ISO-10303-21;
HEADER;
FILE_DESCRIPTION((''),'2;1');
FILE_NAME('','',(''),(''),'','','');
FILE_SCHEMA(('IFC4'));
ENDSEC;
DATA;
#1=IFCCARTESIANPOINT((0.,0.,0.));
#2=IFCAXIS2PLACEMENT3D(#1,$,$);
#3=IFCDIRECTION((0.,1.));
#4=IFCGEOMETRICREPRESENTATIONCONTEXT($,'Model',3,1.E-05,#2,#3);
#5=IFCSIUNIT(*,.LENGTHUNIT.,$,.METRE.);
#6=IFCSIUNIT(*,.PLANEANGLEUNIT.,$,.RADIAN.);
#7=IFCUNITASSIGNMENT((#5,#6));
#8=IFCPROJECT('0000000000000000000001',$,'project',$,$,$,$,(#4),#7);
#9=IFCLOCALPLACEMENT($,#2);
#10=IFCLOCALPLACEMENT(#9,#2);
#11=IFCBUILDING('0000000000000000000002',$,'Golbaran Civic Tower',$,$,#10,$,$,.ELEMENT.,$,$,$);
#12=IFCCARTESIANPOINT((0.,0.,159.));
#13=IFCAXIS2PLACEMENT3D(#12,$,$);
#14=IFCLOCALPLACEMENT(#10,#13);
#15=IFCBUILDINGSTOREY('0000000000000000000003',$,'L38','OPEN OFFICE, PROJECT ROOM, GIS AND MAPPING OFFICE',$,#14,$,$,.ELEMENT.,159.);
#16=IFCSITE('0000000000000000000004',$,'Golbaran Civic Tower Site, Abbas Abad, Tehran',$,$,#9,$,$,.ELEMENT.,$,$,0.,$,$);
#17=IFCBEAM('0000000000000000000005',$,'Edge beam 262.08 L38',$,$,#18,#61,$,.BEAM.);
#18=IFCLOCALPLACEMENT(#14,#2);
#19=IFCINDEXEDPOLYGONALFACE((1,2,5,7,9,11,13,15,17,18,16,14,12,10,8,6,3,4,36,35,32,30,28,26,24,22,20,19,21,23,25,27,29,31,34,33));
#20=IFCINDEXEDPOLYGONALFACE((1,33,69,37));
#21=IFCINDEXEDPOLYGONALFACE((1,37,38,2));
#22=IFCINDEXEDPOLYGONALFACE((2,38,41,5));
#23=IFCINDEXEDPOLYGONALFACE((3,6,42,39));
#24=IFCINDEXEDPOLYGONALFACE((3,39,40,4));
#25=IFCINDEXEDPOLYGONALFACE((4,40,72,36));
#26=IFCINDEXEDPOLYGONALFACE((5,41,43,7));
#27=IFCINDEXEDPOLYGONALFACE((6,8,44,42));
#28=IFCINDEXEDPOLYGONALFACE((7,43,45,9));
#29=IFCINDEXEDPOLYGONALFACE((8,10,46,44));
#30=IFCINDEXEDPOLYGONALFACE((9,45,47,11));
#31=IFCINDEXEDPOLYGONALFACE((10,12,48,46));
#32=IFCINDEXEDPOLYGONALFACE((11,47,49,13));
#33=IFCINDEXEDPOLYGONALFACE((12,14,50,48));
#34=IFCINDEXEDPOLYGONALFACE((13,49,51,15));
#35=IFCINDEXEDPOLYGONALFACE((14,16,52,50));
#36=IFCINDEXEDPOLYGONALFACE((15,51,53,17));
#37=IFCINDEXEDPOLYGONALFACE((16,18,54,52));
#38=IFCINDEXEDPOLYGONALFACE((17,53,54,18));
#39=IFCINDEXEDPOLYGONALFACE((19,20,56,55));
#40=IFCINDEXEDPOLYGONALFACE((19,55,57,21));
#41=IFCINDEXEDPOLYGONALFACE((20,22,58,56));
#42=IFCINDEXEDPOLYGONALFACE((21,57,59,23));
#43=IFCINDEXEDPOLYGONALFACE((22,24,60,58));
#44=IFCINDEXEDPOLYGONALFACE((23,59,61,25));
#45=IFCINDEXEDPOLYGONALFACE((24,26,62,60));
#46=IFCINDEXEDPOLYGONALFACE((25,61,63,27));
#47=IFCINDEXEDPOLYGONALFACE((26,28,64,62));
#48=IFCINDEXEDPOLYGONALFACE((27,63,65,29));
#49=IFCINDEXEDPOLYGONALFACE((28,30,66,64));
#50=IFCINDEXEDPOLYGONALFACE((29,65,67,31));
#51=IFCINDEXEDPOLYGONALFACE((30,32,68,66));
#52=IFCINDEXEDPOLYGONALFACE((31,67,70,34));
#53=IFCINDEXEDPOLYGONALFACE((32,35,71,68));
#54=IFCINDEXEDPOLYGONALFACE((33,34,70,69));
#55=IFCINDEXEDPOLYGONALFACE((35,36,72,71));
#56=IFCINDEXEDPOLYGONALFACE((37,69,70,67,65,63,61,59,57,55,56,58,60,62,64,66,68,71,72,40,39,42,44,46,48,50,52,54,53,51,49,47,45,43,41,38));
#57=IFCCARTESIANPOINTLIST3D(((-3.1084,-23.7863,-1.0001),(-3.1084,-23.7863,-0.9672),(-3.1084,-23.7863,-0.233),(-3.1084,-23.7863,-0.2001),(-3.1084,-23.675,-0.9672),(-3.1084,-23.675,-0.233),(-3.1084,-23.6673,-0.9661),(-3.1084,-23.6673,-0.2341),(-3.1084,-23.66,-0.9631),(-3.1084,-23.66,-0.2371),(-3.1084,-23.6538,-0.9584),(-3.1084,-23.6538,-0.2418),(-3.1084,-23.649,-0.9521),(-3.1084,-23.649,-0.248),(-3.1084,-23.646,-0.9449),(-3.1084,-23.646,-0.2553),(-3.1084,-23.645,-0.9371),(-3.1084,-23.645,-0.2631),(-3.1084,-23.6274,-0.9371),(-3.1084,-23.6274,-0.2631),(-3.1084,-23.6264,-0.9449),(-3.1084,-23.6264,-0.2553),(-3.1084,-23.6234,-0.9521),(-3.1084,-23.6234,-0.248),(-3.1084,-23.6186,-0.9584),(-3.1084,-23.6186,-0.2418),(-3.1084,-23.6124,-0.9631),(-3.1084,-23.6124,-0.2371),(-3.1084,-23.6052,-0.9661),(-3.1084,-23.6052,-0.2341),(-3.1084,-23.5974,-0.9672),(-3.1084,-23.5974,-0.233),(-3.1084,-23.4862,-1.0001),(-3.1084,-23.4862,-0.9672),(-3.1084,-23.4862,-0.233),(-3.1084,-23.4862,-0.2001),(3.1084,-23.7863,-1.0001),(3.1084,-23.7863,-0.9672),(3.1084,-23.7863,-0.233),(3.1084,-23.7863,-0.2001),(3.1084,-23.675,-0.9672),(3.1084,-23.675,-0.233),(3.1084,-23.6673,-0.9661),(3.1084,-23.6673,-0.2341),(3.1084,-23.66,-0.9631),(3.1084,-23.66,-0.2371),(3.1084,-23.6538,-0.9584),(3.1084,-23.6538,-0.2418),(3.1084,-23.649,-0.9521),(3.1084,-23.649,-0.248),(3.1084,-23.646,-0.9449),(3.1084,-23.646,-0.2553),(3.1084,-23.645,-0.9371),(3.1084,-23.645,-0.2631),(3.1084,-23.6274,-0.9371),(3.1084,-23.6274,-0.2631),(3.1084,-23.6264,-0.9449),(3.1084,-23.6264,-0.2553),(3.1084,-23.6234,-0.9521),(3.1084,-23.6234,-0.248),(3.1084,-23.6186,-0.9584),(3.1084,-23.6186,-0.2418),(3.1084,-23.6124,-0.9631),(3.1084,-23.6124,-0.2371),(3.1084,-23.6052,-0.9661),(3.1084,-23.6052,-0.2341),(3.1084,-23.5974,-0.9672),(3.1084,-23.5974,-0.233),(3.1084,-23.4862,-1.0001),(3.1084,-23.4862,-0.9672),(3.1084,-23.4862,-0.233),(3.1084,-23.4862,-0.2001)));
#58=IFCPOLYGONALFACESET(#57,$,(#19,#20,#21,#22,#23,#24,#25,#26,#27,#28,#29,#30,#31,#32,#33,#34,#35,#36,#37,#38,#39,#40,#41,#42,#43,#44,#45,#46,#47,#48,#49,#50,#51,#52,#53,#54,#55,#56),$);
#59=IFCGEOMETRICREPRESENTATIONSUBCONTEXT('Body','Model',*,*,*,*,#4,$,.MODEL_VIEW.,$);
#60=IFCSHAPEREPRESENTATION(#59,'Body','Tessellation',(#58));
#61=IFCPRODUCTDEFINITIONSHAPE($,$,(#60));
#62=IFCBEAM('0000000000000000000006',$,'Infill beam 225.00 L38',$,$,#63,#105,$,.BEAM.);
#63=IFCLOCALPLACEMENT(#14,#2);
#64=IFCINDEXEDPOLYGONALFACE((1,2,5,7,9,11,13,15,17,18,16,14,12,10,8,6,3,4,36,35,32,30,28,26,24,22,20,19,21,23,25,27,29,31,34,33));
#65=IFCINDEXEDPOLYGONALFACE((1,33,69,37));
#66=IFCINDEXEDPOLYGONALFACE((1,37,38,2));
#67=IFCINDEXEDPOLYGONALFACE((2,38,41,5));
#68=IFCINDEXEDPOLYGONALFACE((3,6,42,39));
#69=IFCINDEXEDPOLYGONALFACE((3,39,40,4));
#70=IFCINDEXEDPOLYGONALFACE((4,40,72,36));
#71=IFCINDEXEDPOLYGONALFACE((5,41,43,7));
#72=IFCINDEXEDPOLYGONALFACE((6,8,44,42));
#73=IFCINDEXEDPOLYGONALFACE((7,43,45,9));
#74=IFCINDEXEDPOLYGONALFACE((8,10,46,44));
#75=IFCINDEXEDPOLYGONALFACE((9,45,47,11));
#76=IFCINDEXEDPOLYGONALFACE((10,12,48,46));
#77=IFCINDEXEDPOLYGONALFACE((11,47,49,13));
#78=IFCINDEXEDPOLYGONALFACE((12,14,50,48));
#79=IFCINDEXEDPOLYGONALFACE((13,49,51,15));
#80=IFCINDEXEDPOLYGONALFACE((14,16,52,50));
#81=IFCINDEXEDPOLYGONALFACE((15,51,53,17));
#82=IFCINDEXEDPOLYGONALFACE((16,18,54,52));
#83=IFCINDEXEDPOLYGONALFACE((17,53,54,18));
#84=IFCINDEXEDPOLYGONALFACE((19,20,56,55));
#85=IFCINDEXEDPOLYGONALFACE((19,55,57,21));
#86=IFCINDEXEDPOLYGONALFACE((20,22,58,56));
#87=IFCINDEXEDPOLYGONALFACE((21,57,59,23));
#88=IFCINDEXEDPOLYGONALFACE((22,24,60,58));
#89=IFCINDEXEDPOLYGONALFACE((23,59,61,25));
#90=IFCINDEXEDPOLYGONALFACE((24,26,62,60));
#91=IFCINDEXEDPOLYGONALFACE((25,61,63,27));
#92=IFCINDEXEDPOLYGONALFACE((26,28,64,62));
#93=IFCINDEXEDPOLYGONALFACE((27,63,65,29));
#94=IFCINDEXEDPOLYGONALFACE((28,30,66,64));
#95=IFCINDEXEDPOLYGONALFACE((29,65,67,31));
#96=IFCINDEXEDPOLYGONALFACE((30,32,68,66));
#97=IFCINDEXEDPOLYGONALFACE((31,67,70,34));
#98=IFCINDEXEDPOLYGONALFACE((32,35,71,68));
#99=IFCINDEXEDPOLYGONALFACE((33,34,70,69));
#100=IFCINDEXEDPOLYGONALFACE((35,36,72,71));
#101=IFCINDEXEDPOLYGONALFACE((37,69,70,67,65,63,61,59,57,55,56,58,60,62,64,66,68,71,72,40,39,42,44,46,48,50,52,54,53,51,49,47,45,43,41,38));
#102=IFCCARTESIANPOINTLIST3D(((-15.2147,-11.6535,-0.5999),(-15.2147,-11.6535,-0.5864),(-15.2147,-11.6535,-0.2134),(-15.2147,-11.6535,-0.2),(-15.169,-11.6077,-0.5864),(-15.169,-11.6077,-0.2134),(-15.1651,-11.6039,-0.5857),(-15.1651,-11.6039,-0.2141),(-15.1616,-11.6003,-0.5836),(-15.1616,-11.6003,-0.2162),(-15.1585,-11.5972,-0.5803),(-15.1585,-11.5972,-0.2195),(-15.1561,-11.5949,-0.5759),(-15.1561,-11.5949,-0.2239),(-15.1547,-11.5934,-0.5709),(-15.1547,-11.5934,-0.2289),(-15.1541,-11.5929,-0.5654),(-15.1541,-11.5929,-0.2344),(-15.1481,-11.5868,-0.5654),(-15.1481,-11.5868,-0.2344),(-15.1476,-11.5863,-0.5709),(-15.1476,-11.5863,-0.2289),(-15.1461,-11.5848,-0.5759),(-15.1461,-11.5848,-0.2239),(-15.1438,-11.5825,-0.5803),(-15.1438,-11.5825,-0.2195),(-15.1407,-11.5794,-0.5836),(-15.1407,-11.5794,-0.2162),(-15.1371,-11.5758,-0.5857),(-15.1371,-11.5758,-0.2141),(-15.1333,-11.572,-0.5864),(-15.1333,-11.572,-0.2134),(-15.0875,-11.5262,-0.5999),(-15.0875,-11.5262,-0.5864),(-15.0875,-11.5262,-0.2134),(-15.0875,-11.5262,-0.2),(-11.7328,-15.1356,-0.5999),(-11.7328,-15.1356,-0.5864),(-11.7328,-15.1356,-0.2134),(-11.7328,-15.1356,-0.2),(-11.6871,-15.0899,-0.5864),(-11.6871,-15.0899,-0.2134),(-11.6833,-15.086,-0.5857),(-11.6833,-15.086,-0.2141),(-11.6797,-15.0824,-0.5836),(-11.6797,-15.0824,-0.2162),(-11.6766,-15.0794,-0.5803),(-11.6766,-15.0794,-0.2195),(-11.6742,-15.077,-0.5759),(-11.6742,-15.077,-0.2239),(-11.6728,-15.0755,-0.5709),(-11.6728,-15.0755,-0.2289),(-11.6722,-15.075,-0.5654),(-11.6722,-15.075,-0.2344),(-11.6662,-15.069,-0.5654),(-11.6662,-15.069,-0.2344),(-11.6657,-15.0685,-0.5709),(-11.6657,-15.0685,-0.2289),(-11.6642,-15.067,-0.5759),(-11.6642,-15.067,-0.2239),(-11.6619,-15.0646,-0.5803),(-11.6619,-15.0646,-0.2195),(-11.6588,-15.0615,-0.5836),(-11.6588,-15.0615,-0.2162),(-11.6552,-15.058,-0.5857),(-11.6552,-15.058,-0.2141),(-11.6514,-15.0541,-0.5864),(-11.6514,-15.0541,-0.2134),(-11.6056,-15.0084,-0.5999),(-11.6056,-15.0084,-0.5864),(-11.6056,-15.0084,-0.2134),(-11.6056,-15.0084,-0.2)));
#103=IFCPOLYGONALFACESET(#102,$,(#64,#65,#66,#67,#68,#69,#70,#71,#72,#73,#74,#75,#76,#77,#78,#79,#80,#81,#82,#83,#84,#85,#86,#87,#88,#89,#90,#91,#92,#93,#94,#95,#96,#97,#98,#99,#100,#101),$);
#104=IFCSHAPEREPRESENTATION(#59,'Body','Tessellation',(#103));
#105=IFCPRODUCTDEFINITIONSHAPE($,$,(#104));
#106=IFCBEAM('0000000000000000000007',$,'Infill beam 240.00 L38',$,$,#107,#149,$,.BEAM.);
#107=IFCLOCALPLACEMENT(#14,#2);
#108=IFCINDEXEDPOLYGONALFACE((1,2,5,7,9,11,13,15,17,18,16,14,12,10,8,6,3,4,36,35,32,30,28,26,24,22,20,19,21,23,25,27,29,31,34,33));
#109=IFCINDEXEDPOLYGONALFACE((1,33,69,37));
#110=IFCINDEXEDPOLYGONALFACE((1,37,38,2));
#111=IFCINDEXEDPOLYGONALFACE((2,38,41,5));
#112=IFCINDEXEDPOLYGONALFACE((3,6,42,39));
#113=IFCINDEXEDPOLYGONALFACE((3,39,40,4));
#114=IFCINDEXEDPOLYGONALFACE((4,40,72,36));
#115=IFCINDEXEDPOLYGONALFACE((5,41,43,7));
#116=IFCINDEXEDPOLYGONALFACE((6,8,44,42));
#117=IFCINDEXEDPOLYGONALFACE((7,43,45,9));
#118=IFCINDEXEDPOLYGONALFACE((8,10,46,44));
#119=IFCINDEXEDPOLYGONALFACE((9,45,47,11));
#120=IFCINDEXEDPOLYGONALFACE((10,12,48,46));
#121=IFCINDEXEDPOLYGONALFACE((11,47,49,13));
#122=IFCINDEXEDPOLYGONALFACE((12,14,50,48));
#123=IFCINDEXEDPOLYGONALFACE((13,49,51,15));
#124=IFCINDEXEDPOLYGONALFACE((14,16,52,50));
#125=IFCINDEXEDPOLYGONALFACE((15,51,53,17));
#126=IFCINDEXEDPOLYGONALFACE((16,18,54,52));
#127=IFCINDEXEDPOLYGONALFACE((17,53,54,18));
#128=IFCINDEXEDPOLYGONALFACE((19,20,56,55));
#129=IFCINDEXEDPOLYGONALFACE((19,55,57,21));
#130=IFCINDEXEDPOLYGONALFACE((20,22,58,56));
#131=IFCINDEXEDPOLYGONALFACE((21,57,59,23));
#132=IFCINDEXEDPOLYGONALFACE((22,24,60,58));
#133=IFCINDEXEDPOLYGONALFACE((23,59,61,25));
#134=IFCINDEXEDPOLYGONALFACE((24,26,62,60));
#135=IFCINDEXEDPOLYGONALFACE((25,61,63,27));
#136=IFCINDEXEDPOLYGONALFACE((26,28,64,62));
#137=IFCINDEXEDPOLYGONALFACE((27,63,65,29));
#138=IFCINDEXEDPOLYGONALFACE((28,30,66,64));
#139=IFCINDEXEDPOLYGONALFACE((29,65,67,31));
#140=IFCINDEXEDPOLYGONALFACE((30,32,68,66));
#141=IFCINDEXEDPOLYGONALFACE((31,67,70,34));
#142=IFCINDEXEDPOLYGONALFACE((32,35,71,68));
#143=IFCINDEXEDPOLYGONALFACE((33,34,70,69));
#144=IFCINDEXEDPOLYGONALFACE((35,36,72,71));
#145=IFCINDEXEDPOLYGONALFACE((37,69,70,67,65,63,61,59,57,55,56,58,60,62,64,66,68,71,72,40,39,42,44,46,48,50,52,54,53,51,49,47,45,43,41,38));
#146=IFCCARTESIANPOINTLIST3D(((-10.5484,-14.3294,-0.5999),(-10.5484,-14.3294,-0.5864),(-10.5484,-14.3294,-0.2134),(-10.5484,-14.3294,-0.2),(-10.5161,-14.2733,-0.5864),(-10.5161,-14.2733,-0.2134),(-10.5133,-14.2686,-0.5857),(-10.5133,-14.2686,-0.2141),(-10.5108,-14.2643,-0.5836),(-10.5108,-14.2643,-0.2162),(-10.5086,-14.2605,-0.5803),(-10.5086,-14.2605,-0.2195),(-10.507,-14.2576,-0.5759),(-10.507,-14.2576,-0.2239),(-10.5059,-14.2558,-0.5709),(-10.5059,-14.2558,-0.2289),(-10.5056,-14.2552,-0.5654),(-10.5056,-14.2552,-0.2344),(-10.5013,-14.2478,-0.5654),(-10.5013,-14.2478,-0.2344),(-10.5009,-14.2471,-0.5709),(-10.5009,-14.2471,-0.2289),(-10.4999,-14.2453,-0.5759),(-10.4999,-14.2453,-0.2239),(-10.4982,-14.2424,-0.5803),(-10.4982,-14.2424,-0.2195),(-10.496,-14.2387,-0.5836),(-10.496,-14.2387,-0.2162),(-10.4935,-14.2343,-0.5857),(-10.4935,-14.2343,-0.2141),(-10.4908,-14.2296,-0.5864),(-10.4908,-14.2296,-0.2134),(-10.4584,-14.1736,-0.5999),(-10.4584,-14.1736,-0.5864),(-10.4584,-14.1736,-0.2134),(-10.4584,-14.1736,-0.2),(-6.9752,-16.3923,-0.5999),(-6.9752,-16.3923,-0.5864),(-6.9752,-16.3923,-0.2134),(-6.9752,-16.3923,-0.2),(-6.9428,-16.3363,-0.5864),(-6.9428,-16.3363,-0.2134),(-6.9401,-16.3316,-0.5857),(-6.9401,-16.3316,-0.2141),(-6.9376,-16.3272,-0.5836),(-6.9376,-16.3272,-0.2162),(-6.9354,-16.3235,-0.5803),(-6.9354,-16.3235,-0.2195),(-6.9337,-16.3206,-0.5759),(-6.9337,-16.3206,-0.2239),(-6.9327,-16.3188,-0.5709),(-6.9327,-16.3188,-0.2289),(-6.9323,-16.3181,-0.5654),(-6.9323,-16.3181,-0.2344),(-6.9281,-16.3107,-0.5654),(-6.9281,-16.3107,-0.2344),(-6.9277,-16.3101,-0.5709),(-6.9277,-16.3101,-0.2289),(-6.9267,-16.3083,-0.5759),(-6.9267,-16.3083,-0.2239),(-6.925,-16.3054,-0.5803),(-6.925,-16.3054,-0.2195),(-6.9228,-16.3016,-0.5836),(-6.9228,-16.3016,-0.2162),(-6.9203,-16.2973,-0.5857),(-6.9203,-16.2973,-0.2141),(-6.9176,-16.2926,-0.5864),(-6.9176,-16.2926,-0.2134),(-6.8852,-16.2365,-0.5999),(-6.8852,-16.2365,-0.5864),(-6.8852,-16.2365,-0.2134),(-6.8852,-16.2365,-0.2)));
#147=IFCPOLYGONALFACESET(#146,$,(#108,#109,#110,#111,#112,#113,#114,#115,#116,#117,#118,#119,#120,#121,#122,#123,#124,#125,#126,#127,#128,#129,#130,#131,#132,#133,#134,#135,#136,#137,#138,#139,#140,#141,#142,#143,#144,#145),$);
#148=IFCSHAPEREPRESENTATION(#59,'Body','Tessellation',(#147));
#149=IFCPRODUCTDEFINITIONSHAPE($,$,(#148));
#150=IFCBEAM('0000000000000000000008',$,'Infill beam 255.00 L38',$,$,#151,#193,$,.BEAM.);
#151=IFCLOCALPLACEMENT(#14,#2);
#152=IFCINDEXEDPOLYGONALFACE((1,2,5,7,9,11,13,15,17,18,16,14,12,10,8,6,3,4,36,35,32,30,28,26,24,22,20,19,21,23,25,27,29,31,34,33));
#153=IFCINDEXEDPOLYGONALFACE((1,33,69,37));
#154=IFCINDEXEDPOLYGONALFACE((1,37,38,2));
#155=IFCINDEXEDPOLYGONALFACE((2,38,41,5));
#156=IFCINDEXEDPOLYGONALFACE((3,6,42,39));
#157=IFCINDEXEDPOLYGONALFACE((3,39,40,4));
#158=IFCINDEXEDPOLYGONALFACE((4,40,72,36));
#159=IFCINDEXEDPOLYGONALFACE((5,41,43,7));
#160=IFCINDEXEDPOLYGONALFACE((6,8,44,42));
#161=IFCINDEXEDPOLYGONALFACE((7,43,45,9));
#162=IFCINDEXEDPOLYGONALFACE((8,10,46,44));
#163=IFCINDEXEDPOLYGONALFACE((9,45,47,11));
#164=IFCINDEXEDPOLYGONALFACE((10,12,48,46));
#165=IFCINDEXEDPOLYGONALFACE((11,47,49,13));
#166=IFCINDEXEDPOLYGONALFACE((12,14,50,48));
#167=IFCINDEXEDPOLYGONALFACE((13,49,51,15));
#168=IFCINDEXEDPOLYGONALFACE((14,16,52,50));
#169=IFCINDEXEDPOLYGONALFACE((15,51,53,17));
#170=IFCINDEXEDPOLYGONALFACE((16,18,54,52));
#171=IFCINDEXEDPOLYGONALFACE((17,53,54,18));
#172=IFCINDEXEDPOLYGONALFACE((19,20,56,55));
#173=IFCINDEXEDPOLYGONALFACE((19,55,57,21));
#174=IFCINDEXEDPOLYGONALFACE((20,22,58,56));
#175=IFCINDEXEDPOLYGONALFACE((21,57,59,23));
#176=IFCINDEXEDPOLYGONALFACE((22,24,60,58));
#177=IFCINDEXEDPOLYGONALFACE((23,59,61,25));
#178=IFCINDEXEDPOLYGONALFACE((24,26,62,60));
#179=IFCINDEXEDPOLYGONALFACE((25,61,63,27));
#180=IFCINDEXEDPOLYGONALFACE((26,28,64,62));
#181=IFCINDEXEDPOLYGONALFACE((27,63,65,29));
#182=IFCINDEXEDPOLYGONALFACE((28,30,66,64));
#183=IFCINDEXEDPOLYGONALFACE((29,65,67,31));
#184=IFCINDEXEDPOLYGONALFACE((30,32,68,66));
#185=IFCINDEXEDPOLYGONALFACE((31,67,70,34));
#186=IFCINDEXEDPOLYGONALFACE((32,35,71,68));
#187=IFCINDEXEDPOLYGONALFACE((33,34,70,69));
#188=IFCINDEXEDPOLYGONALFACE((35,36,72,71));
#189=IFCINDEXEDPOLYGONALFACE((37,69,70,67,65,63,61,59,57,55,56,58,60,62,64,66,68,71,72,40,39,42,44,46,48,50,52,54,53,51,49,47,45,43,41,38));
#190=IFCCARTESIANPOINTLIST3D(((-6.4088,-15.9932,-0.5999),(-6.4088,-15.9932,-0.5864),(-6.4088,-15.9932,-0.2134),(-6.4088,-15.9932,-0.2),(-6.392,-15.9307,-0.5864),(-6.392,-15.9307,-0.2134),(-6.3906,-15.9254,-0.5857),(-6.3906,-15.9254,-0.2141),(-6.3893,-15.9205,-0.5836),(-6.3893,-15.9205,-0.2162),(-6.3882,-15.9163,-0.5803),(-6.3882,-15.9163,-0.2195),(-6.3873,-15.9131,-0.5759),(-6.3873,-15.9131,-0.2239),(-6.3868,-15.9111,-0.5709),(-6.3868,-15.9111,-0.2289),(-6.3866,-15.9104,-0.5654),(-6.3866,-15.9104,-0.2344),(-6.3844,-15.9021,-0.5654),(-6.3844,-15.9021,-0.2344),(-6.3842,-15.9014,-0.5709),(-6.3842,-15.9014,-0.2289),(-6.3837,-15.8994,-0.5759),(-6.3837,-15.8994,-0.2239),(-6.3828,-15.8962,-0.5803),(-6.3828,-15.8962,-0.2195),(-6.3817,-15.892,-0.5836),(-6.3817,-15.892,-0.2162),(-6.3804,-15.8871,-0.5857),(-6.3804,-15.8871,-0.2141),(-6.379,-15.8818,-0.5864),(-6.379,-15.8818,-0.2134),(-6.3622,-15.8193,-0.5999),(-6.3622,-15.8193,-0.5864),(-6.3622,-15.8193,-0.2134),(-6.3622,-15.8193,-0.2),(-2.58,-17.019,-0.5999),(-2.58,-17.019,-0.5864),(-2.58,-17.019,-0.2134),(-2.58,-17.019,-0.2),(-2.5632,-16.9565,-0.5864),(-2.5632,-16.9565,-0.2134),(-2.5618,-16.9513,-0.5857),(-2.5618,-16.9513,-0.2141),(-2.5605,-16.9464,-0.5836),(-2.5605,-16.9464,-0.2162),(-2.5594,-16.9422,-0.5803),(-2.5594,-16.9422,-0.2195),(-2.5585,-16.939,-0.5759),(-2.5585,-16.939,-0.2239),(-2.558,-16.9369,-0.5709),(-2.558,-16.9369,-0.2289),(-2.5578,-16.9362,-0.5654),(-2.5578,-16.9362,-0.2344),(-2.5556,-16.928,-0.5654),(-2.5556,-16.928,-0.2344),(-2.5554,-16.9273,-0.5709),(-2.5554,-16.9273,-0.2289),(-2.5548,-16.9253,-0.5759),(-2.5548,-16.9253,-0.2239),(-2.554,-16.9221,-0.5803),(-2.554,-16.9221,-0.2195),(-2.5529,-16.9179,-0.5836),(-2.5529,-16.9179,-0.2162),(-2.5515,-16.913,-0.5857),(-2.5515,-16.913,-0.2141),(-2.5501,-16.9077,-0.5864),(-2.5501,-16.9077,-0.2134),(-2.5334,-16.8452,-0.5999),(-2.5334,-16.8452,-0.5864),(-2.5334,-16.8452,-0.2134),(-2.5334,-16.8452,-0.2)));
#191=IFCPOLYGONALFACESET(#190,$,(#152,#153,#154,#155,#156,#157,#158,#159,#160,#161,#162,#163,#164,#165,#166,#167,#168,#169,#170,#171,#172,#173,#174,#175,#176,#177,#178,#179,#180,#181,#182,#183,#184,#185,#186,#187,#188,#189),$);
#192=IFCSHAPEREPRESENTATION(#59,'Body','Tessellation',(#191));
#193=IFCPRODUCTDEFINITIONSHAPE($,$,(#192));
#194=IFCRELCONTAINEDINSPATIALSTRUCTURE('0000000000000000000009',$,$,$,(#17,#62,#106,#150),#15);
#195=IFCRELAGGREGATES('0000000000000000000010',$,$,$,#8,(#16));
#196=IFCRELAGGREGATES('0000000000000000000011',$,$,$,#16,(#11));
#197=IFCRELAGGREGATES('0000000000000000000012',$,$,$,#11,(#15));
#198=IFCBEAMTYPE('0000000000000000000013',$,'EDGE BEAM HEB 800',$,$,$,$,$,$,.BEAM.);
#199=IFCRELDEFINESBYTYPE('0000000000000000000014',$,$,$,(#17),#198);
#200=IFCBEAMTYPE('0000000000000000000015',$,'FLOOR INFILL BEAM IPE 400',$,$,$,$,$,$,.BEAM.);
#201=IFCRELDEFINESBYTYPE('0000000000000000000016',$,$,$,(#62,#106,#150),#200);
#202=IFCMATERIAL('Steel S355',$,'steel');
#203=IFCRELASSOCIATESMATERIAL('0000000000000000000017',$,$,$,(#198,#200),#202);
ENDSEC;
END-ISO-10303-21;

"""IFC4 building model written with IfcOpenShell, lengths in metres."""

from ifc_helpers import new_model, si_unit, direction, frame, origin, origin_2d, place, context, subcontext, project, spatial, i_section, extrude, material, material_profile, profile_set, type_object, element, save


model = new_model("IFC4")

# Units and contexts
model_context = context("Model", 3, precision=1e-05, world=origin(), true_north=direction((0.0, 1.0)))
body_context = subcontext(model_context, "Body", "Model", "MODEL_VIEW")
ifc_project = project(units=[si_unit("LENGTHUNIT", "METRE"), si_unit("PLANEANGLEUNIT", "RADIAN")], contexts=[model_context])

# Site, building, storey
site_placement = place(None, origin())
site = spatial("IfcSite", under=ifc_project, at=site_placement, Name="Golbaran Civic Tower Site, Abbas Abad, Tehran", CompositionType="ELEMENT", RefElevation=0.0)
building_placement = place(site_placement, origin())
building = spatial("IfcBuilding", under=site, at=building_placement, Name="Golbaran Civic Tower", CompositionType="ELEMENT")
storey_placement = place(building_placement, frame((0.0, 0.0, 159.0)))
storey = spatial("IfcBuildingStorey", under=building, at=storey_placement, Name="L38", Description="OPEN OFFICE, PROJECT ROOM, GIS AND MAPPING OFFICE", CompositionType="ELEMENT", Elevation=159.0)

# Beams
ifc_material_1 = material(Name="Steel S355", Category="steel")
ifc_material_profile_1 = material_profile(ifc_material_1, i_section(OverallWidth=0.3, OverallDepth=0.8, WebThickness=0.0176, FlangeThickness=0.033, FilletRadius=0.03, at=origin_2d()), Name="HEB 800")
ifc_profile_set_1 = profile_set([ifc_material_profile_1], Name="Steel S355")
beam_type_1 = type_object("IfcBeamType", Name="EDGE BEAM HEB 800", PredefinedType="BEAM", material=ifc_profile_set_1)
beam_1_placement = place(storey_placement, frame((-3.1084, -23.6362, -0.6001), z_axis=(1.0, 0.0, 0.0), x_axis=(0.0, 1.0, 0.0)))
element("IfcBeam", 1, at=beam_1_placement, inside=storey, type_object=beam_type_1, Name="Edge beam 262.08 L38", PredefinedType="BEAM", context=body_context, shape_type="SweptSolid", body=[
    extrude(i_section(OverallWidth=0.3, OverallDepth=0.8, WebThickness=0.0176, FlangeThickness=0.033, FilletRadius=0.03, at=origin_2d()), origin(), (0.0, 0.0, 1.0), 6.2168),
])
ifc_material_profile_2 = material_profile(ifc_material_1, i_section(OverallWidth=0.1799, OverallDepth=0.3999, WebThickness=0.0085, FlangeThickness=0.0134, FilletRadius=0.021, at=origin_2d()), Name="IPE 400")
ifc_profile_set_2 = profile_set([ifc_material_profile_2], Name="Steel S355")
beam_type_2 = type_object("IfcBeamType", Name="FLOOR INFILL BEAM IPE 400", PredefinedType="BEAM", material=ifc_profile_set_2)
beam_2_placement = place(storey_placement, frame((-15.1511, -11.5898, -0.3999), z_axis=(0.707082, -0.707132, 0.0), x_axis=(0.707132, 0.707082, 0.0)))
element("IfcBeam", 2, at=beam_2_placement, inside=storey, type_object=beam_type_2, Name="Infill beam 225.00 L38", PredefinedType="BEAM", context=body_context, shape_type="SweptSolid", body=[
    extrude(i_section(OverallWidth=0.1799, OverallDepth=0.3999, WebThickness=0.0085, FlangeThickness=0.0134, FilletRadius=0.021, at=origin_2d()), origin(), (0.0, 0.0, 1.0), 4.9243),
])
beam_3_placement = place(storey_placement, frame((-10.5034, -14.2515, -0.3999), z_axis=(0.866028, -0.499996, 0.0), x_axis=(0.499996, 0.866028, 0.0)))
element("IfcBeam", 3, at=beam_3_placement, inside=storey, type_object=beam_type_2, Name="Infill beam 240.00 L38", PredefinedType="BEAM", context=body_context, shape_type="SweptSolid", body=[
    extrude(i_section(OverallWidth=0.1799, OverallDepth=0.3999, WebThickness=0.0085, FlangeThickness=0.0134, FilletRadius=0.021, at=origin_2d()), origin(), (0.0, 0.0, 1.0), 4.126),
])
beam_4_placement = place(storey_placement, frame((-6.3855, -15.9062, -0.3999), z_axis=(0.96593, -0.258805, 0.0), x_axis=(0.258805, 0.96593, 0.0)))
element("IfcBeam", 4, at=beam_4_placement, inside=storey, type_object=beam_type_2, Name="Infill beam 255.00 L38", PredefinedType="BEAM", context=body_context, shape_type="SweptSolid", body=[
    extrude(i_section(OverallWidth=0.1799, OverallDepth=0.3999, WebThickness=0.0085, FlangeThickness=0.0134, FilletRadius=0.021, at=origin_2d()), origin(), (0.0, 0.0, 1.0), 3.9639),
])

save(model, "model.ifc")
